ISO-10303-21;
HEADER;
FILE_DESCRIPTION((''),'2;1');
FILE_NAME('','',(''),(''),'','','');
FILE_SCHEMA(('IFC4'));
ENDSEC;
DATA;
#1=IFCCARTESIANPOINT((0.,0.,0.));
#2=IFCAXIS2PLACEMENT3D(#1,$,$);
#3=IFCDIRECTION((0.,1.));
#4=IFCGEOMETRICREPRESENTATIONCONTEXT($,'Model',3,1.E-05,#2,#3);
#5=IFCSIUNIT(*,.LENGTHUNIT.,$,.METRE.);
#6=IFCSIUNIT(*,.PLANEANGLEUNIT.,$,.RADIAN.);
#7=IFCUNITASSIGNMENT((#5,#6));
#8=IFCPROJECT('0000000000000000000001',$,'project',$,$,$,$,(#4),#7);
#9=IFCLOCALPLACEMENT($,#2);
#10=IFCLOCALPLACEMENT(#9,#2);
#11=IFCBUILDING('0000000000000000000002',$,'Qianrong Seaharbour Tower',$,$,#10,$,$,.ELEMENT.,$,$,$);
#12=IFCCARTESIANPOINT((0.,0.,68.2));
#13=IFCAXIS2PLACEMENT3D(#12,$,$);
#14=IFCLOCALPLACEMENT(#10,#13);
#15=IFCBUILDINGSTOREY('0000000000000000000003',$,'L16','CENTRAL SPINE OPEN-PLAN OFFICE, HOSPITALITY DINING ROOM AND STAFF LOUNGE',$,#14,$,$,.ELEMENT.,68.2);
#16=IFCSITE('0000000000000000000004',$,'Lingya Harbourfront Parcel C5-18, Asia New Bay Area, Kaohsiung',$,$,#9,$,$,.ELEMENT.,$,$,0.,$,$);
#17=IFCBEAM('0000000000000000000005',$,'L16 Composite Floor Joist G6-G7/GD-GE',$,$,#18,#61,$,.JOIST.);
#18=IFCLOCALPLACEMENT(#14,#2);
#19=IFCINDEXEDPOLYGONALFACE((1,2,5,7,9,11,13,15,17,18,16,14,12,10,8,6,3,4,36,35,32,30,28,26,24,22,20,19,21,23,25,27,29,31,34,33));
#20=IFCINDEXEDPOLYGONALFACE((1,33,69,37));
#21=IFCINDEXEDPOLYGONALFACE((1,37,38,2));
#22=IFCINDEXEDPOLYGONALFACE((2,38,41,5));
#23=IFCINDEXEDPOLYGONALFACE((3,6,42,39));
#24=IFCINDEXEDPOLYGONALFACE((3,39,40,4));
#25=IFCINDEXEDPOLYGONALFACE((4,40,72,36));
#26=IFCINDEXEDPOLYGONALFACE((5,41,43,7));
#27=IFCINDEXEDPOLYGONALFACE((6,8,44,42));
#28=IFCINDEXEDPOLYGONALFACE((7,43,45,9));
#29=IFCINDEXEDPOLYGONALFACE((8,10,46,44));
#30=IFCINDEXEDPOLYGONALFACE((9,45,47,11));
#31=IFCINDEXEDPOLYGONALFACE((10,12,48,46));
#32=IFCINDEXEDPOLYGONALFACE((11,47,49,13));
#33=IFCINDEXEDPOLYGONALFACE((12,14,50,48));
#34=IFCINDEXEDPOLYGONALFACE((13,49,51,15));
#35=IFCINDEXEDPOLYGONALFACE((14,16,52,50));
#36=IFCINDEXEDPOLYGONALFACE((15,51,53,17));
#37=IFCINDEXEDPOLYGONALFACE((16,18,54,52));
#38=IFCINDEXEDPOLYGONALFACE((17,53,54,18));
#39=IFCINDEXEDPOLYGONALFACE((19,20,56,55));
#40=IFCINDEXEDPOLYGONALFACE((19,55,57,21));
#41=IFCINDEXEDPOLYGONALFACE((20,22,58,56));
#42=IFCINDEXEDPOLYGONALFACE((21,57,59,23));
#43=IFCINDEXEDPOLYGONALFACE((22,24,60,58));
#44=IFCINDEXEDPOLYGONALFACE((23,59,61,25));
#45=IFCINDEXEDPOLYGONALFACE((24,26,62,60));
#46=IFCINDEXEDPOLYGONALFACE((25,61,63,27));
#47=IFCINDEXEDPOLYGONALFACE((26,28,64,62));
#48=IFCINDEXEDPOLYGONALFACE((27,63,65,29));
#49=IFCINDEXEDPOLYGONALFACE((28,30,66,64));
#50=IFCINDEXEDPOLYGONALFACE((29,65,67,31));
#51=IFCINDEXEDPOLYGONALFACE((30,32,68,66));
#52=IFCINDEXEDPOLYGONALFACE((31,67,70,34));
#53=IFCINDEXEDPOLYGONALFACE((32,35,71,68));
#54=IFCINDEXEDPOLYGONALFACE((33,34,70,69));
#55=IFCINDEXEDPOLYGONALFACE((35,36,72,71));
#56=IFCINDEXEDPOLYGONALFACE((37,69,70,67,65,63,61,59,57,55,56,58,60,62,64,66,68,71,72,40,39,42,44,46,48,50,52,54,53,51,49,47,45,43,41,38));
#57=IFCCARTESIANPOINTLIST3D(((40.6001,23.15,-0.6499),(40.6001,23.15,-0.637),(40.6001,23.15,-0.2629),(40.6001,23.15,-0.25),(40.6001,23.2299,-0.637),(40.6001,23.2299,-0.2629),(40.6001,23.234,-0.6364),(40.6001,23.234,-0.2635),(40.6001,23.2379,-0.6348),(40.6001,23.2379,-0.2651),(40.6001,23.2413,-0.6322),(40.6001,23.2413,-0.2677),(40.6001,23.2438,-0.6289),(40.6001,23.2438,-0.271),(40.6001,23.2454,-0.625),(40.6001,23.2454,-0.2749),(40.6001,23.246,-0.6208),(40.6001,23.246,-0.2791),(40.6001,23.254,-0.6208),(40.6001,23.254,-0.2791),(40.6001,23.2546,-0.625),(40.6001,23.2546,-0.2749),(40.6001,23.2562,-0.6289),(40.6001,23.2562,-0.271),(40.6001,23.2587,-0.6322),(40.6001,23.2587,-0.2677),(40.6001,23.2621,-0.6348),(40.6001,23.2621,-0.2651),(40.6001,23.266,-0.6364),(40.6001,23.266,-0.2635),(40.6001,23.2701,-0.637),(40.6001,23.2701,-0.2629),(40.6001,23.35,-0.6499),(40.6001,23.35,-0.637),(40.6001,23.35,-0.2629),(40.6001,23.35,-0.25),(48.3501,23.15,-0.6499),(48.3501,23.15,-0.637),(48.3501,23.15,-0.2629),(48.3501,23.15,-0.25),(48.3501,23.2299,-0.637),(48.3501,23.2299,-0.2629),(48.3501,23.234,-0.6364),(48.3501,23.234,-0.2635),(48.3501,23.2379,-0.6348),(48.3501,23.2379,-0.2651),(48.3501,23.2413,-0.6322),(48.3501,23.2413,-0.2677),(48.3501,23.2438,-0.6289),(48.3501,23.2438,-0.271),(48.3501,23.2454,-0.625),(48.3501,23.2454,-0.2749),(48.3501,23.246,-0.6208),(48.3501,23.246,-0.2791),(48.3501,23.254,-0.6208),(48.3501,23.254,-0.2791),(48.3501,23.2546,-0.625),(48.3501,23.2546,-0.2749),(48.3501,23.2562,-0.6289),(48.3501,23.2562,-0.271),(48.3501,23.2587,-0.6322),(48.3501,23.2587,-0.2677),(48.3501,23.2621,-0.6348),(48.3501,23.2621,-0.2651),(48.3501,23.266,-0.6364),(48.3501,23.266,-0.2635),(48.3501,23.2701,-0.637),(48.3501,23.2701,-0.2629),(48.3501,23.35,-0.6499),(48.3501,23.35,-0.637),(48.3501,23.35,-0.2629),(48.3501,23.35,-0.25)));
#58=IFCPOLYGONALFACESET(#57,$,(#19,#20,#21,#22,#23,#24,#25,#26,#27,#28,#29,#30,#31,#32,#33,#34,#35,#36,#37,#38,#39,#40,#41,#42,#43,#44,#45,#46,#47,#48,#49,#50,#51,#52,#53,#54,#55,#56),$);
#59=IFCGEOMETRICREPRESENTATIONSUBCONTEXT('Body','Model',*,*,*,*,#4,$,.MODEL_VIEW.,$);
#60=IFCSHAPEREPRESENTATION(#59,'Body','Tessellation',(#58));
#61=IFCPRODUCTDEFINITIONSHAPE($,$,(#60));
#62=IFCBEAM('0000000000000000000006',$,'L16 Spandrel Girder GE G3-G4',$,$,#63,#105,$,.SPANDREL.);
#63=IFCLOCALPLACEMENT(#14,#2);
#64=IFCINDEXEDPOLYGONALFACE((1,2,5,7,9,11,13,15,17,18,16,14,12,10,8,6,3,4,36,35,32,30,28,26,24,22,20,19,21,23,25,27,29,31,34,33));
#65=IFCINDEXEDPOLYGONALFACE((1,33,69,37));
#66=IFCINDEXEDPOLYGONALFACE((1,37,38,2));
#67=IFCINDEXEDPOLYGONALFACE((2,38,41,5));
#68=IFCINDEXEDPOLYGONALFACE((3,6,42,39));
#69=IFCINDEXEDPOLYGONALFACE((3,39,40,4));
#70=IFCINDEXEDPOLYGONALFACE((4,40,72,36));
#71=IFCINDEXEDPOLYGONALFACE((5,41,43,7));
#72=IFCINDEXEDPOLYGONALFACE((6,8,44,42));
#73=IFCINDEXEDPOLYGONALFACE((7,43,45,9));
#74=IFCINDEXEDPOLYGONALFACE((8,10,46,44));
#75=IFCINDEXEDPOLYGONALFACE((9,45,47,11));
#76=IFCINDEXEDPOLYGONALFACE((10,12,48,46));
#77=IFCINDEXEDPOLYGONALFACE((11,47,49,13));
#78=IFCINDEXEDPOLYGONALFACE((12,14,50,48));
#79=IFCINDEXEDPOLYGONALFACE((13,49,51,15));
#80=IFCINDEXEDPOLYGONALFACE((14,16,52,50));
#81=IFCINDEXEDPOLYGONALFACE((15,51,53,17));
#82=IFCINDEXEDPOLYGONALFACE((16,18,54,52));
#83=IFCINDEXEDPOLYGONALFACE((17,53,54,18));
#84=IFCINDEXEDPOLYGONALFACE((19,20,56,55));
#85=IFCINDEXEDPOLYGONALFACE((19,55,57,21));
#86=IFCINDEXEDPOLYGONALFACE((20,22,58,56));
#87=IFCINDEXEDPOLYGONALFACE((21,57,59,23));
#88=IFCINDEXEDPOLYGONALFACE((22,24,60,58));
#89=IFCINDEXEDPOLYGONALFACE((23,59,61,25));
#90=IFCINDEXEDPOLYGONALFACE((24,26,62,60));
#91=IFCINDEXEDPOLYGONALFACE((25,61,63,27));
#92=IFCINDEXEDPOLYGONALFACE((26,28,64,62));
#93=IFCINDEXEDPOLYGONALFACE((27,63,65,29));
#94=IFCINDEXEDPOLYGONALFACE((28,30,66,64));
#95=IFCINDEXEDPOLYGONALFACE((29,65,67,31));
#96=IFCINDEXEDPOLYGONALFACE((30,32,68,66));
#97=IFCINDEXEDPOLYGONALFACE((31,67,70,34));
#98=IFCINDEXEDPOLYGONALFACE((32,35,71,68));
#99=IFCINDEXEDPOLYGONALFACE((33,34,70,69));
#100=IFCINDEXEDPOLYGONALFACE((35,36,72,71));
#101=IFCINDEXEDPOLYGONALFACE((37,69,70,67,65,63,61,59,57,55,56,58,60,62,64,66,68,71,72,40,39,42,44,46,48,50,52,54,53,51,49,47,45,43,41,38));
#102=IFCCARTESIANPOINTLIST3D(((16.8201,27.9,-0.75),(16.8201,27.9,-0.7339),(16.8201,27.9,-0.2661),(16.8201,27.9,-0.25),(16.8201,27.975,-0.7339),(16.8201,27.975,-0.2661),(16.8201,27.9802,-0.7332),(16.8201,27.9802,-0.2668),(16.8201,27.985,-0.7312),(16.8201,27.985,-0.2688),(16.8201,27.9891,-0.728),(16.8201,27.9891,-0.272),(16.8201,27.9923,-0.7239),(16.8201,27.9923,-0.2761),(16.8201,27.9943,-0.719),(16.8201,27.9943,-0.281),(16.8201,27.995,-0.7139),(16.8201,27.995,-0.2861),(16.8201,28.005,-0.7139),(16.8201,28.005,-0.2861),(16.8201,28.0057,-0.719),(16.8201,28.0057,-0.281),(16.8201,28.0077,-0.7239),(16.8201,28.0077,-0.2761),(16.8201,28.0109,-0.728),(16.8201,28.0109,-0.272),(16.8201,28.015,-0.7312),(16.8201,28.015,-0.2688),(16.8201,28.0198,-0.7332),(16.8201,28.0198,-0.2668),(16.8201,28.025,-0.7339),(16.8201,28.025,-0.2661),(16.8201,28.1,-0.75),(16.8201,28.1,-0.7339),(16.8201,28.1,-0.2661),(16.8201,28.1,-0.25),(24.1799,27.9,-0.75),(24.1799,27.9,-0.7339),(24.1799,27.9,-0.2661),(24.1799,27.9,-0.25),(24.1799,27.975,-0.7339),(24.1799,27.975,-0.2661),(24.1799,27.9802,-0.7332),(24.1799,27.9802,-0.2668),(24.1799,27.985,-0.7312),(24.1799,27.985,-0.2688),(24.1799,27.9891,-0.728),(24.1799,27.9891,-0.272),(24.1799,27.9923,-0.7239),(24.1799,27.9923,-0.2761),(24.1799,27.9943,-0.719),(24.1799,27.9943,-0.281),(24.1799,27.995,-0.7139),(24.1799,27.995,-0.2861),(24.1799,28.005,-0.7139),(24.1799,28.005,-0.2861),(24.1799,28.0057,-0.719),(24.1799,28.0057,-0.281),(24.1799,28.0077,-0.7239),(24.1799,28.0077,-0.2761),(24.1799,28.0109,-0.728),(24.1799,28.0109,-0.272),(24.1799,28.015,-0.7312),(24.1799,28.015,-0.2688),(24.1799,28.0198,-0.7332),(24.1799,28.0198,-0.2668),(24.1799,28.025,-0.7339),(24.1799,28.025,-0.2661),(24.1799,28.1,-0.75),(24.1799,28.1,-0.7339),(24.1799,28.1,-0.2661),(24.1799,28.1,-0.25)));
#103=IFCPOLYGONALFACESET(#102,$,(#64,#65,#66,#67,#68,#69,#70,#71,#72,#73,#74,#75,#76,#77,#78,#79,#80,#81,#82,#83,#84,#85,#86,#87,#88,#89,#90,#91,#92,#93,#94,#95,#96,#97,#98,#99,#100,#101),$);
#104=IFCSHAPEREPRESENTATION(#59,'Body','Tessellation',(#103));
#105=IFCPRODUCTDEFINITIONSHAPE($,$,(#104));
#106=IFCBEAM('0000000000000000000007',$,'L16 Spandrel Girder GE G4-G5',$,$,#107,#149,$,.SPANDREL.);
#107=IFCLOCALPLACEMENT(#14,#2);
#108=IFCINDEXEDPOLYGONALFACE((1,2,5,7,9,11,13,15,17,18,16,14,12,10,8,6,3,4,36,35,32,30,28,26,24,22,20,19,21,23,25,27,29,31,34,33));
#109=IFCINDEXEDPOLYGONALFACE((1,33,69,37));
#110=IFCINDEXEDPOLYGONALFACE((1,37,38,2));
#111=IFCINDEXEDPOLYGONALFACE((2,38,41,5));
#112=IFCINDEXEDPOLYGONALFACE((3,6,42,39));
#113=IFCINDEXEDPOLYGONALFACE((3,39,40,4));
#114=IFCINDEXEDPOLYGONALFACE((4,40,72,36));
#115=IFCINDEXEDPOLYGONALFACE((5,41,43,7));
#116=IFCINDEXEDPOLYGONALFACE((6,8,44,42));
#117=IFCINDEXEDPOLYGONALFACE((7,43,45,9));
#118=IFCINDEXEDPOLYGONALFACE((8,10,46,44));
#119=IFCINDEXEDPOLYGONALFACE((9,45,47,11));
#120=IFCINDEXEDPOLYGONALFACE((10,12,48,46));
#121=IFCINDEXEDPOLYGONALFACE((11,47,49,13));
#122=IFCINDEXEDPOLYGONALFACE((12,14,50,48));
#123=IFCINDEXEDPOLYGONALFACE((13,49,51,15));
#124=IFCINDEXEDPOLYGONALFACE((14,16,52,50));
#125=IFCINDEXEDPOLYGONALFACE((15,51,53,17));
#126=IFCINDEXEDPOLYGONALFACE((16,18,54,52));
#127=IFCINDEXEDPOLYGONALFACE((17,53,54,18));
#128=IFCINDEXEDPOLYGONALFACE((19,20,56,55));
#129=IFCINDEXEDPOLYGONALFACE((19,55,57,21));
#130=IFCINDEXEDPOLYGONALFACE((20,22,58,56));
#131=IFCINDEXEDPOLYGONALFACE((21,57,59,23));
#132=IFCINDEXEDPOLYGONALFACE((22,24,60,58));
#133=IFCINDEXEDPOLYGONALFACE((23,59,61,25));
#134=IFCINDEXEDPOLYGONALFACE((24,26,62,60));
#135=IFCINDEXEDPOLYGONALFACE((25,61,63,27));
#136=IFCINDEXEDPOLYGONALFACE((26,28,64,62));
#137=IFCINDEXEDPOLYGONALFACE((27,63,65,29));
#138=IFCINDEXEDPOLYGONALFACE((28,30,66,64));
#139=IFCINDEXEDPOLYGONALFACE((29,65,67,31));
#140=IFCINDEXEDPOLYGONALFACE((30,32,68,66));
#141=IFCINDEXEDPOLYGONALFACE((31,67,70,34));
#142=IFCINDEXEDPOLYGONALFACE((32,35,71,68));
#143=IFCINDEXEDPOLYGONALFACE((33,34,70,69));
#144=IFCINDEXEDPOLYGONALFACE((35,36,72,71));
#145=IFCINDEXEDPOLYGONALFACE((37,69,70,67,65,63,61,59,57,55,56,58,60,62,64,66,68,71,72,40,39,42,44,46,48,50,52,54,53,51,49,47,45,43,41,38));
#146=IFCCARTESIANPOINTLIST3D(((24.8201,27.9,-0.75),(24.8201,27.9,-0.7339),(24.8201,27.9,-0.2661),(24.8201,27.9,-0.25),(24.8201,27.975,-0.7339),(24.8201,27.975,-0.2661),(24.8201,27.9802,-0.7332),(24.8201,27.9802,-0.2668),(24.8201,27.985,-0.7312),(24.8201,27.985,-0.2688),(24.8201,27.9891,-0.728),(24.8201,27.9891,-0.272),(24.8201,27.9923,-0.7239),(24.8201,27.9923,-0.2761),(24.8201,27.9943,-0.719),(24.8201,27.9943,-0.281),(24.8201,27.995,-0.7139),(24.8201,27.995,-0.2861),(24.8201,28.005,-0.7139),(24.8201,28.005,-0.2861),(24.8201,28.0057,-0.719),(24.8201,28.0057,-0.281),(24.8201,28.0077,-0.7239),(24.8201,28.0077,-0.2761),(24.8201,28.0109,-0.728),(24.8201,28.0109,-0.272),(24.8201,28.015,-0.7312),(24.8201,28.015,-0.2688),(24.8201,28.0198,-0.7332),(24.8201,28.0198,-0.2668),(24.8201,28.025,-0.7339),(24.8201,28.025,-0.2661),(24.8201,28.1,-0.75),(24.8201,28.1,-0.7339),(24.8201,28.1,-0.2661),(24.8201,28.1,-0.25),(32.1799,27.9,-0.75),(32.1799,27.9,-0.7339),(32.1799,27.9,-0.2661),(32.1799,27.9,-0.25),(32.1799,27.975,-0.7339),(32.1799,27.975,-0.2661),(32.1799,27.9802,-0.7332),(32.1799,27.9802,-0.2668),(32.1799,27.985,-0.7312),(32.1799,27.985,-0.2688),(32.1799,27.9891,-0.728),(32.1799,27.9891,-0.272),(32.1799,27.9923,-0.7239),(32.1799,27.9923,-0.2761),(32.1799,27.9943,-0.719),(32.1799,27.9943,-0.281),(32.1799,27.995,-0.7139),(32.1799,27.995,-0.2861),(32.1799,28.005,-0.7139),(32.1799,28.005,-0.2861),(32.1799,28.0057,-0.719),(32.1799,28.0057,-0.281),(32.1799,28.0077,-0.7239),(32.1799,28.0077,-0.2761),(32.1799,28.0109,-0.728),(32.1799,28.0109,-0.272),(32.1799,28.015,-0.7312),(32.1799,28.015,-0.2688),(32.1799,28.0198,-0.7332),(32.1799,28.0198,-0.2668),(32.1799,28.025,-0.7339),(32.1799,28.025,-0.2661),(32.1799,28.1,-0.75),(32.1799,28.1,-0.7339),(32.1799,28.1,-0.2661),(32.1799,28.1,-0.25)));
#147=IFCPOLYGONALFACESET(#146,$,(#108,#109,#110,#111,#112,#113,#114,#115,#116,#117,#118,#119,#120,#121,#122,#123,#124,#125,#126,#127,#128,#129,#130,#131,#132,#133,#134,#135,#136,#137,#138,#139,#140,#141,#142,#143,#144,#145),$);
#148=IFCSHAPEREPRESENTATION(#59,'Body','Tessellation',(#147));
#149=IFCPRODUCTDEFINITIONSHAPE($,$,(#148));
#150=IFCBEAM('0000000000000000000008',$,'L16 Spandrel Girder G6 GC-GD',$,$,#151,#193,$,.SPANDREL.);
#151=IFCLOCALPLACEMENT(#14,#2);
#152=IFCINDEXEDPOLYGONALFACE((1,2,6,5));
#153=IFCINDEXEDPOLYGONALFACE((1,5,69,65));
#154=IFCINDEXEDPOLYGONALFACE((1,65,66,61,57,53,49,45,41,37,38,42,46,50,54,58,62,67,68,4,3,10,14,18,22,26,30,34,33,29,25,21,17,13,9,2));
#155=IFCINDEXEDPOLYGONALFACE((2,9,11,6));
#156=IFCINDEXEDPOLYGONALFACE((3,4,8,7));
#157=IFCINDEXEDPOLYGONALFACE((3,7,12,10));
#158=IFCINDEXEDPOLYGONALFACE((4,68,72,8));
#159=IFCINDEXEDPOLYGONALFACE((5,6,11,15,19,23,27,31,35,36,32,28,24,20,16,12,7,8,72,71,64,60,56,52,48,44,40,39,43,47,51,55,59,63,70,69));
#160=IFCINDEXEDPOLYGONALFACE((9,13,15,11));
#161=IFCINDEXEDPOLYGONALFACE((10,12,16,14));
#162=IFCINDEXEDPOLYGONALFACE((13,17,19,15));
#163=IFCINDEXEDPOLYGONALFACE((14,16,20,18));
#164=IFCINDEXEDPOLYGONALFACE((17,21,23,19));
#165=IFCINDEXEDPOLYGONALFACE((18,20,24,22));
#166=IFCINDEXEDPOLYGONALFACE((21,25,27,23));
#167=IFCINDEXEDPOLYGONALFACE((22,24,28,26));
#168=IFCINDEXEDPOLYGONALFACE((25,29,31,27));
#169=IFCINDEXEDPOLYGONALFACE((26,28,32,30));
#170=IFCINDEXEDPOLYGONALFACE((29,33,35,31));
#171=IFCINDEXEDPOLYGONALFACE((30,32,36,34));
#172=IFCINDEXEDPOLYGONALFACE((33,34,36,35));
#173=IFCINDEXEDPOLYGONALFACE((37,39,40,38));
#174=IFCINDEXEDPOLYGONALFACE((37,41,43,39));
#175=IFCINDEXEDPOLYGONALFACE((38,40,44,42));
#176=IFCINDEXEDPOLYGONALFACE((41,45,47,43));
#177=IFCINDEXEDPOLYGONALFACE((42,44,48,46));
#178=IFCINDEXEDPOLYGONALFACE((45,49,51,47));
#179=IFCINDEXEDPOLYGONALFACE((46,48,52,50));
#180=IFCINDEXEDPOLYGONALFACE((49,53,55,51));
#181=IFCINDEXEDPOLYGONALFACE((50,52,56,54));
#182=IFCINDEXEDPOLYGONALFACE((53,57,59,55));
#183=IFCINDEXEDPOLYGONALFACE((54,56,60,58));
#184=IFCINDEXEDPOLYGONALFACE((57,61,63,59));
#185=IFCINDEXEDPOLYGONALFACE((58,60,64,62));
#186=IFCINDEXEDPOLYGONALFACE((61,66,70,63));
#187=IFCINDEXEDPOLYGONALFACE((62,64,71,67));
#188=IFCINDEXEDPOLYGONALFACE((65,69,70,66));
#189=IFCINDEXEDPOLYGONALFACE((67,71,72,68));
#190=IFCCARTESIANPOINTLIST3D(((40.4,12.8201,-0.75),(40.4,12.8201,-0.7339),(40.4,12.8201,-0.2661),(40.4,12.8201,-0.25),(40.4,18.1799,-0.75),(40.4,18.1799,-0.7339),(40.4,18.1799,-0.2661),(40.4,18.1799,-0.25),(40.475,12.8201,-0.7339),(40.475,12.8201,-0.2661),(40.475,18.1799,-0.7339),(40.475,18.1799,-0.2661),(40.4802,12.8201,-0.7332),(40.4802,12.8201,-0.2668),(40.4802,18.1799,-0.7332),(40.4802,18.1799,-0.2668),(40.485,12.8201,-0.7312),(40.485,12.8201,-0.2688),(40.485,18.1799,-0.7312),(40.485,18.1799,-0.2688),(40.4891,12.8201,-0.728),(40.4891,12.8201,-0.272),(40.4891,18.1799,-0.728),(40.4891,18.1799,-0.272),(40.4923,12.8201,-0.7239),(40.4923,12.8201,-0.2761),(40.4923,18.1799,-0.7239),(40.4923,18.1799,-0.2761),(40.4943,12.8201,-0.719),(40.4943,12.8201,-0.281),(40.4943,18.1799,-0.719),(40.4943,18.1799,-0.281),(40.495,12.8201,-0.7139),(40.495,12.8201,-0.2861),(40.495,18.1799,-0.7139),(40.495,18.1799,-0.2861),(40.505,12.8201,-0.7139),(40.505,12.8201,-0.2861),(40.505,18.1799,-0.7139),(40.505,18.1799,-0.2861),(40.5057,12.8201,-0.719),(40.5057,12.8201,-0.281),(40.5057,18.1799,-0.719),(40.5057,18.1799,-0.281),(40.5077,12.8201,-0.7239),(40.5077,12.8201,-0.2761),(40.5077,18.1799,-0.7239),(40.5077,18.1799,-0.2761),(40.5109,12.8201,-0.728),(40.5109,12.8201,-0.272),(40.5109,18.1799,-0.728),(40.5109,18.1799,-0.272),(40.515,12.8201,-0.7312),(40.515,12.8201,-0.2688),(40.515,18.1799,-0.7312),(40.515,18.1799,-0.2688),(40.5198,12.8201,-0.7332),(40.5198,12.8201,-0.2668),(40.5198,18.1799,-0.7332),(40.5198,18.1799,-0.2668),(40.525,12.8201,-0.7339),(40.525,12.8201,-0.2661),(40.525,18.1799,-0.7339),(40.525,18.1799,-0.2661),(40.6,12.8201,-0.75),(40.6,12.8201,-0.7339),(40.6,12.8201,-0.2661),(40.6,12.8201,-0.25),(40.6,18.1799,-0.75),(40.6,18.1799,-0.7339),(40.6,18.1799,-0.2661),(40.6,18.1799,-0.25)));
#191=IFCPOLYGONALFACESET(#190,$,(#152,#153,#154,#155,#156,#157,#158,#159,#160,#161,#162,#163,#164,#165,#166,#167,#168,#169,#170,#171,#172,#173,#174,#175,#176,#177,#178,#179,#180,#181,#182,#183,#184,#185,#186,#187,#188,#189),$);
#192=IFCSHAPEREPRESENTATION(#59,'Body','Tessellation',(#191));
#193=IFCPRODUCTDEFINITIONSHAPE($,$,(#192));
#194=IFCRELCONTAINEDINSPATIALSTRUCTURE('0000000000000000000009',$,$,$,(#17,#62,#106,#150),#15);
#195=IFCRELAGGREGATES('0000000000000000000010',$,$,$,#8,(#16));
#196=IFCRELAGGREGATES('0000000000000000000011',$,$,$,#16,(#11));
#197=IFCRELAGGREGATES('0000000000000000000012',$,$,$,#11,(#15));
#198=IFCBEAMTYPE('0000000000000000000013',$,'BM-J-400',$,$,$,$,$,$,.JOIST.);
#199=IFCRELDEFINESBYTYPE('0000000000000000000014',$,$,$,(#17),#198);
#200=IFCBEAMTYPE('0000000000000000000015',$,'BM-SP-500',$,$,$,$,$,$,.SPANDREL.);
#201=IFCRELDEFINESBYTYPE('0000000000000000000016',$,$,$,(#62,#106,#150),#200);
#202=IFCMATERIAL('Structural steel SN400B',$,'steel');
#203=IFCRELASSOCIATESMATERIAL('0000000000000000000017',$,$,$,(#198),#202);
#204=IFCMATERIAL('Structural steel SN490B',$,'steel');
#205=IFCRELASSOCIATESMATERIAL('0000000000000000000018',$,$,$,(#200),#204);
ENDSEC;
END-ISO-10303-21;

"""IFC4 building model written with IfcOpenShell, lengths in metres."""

from ifc_helpers import new_model, si_unit, direction, frame, origin, origin_2d, place, context, subcontext, project, spatial, i_section, extrude, material, material_profile, profile_set, type_object, element, save


model = new_model("IFC4")

# Units and contexts
model_context = context("Model", 3, precision=1e-05, world=origin(), true_north=direction((0.0, 1.0)))
body_context = subcontext(model_context, "Body", "Model", "MODEL_VIEW")
ifc_project = project(units=[si_unit("LENGTHUNIT", "METRE"), si_unit("PLANEANGLEUNIT", "RADIAN")], contexts=[model_context])

# Site, building, storey
site_placement = place(None, origin())
site = spatial("IfcSite", under=ifc_project, at=site_placement, Name="Lingya Harbourfront Parcel C5-18, Asia New Bay Area, Kaohsiung", CompositionType="ELEMENT", RefElevation=0.0)
building_placement = place(site_placement, origin())
building = spatial("IfcBuilding", under=site, at=building_placement, Name="Qianrong Seaharbour Tower", CompositionType="ELEMENT")
storey_placement = place(building_placement, frame((0.0, 0.0, 68.2)))
storey = spatial("IfcBuildingStorey", under=building, at=storey_placement, Name="L16", Description="CENTRAL SPINE OPEN-PLAN OFFICE, HOSPITALITY DINING ROOM AND STAFF LOUNGE", CompositionType="ELEMENT", Elevation=68.2)

# Shared definitions
ifc_material_1 = material(Name="Structural steel SN490B", Category="steel")

# Beams
ifc_material_2 = material(Name="Structural steel SN400B", Category="steel")
ifc_material_profile_1 = material_profile(ifc_material_2, i_section(OverallWidth=0.2, OverallDepth=0.3999, WebThickness=0.0081, FlangeThickness=0.0129, FilletRadius=0.0161, at=origin_2d()), Name="H400x200x8x13")
ifc_profile_set_1 = profile_set([ifc_material_profile_1], Name="Structural steel SN400B")
beam_type_1 = type_object("IfcBeamType", Name="BM-J-400", PredefinedType="JOIST", material=ifc_profile_set_1)
for number, where, z_axis, x_axis, name in (
    (1, (40.6001, 23.25, -0.45), (1.0, 0.0, 0.0), (0.0, 1.0, 0.0), "L16 Composite Floor Joist G6-G7/GD-GE"),
):
    element("IfcBeam", number, at=place(storey_placement, frame(where, z_axis=z_axis, x_axis=x_axis)), inside=storey, type_object=beam_type_1, Name=name, PredefinedType="JOIST", context=body_context, shape_type="SweptSolid", body=[
        extrude(i_section(OverallWidth=0.2, OverallDepth=0.3999, WebThickness=0.0081, FlangeThickness=0.0129, FilletRadius=0.0161, at=origin_2d()), origin(), (0.0, 0.0, 1.0), 7.75),
    ])
ifc_material_profile_2 = material_profile(ifc_material_1, i_section(OverallWidth=0.2, OverallDepth=0.5, WebThickness=0.01, FlangeThickness=0.0161, FilletRadius=0.02, at=origin_2d()), Name="H500x200x10x16")
ifc_profile_set_2 = profile_set([ifc_material_profile_2], Name="Structural steel SN490B")
beam_type_2 = type_object("IfcBeamType", Name="BM-SP-500", PredefinedType="SPANDREL", material=ifc_profile_set_2)
for number, where, z_axis, x_axis, name in (
    (2, (16.8201, 28.0, -0.5), (1.0, 0.0, 0.0), (0.0, 1.0, 0.0), "L16 Spandrel Girder GE G3-G4"),
    (3, (24.8201, 28.0, -0.5), (1.0, 0.0, 0.0), (0.0, 1.0, 0.0), "L16 Spandrel Girder GE G4-G5"),
):
    element("IfcBeam", number, at=place(storey_placement, frame(where, z_axis=z_axis, x_axis=x_axis)), inside=storey, type_object=beam_type_2, Name=name, PredefinedType="SPANDREL", context=body_context, shape_type="SweptSolid", body=[
        extrude(i_section(OverallWidth=0.2, OverallDepth=0.5, WebThickness=0.01, FlangeThickness=0.0161, FilletRadius=0.02, at=origin_2d()), origin(), (0.0, 0.0, 1.0), 7.3599),
    ])
beam_1_placement = place(storey_placement, frame((40.5, 12.8201, -0.5), z_axis=(0.0, 1.0, 0.0), x_axis=(-1.0, 0.0, 0.0)))
element("IfcBeam", 4, at=beam_1_placement, inside=storey, type_object=beam_type_2, Name="L16 Spandrel Girder G6 GC-GD", PredefinedType="SPANDREL", context=body_context, shape_type="SweptSolid", body=[
    extrude(i_section(OverallWidth=0.2, OverallDepth=0.5, WebThickness=0.01, FlangeThickness=0.0161, FilletRadius=0.02, at=origin_2d()), origin(), (0.0, 0.0, 1.0), 5.3599),
])

save(model, "model.ifc")
